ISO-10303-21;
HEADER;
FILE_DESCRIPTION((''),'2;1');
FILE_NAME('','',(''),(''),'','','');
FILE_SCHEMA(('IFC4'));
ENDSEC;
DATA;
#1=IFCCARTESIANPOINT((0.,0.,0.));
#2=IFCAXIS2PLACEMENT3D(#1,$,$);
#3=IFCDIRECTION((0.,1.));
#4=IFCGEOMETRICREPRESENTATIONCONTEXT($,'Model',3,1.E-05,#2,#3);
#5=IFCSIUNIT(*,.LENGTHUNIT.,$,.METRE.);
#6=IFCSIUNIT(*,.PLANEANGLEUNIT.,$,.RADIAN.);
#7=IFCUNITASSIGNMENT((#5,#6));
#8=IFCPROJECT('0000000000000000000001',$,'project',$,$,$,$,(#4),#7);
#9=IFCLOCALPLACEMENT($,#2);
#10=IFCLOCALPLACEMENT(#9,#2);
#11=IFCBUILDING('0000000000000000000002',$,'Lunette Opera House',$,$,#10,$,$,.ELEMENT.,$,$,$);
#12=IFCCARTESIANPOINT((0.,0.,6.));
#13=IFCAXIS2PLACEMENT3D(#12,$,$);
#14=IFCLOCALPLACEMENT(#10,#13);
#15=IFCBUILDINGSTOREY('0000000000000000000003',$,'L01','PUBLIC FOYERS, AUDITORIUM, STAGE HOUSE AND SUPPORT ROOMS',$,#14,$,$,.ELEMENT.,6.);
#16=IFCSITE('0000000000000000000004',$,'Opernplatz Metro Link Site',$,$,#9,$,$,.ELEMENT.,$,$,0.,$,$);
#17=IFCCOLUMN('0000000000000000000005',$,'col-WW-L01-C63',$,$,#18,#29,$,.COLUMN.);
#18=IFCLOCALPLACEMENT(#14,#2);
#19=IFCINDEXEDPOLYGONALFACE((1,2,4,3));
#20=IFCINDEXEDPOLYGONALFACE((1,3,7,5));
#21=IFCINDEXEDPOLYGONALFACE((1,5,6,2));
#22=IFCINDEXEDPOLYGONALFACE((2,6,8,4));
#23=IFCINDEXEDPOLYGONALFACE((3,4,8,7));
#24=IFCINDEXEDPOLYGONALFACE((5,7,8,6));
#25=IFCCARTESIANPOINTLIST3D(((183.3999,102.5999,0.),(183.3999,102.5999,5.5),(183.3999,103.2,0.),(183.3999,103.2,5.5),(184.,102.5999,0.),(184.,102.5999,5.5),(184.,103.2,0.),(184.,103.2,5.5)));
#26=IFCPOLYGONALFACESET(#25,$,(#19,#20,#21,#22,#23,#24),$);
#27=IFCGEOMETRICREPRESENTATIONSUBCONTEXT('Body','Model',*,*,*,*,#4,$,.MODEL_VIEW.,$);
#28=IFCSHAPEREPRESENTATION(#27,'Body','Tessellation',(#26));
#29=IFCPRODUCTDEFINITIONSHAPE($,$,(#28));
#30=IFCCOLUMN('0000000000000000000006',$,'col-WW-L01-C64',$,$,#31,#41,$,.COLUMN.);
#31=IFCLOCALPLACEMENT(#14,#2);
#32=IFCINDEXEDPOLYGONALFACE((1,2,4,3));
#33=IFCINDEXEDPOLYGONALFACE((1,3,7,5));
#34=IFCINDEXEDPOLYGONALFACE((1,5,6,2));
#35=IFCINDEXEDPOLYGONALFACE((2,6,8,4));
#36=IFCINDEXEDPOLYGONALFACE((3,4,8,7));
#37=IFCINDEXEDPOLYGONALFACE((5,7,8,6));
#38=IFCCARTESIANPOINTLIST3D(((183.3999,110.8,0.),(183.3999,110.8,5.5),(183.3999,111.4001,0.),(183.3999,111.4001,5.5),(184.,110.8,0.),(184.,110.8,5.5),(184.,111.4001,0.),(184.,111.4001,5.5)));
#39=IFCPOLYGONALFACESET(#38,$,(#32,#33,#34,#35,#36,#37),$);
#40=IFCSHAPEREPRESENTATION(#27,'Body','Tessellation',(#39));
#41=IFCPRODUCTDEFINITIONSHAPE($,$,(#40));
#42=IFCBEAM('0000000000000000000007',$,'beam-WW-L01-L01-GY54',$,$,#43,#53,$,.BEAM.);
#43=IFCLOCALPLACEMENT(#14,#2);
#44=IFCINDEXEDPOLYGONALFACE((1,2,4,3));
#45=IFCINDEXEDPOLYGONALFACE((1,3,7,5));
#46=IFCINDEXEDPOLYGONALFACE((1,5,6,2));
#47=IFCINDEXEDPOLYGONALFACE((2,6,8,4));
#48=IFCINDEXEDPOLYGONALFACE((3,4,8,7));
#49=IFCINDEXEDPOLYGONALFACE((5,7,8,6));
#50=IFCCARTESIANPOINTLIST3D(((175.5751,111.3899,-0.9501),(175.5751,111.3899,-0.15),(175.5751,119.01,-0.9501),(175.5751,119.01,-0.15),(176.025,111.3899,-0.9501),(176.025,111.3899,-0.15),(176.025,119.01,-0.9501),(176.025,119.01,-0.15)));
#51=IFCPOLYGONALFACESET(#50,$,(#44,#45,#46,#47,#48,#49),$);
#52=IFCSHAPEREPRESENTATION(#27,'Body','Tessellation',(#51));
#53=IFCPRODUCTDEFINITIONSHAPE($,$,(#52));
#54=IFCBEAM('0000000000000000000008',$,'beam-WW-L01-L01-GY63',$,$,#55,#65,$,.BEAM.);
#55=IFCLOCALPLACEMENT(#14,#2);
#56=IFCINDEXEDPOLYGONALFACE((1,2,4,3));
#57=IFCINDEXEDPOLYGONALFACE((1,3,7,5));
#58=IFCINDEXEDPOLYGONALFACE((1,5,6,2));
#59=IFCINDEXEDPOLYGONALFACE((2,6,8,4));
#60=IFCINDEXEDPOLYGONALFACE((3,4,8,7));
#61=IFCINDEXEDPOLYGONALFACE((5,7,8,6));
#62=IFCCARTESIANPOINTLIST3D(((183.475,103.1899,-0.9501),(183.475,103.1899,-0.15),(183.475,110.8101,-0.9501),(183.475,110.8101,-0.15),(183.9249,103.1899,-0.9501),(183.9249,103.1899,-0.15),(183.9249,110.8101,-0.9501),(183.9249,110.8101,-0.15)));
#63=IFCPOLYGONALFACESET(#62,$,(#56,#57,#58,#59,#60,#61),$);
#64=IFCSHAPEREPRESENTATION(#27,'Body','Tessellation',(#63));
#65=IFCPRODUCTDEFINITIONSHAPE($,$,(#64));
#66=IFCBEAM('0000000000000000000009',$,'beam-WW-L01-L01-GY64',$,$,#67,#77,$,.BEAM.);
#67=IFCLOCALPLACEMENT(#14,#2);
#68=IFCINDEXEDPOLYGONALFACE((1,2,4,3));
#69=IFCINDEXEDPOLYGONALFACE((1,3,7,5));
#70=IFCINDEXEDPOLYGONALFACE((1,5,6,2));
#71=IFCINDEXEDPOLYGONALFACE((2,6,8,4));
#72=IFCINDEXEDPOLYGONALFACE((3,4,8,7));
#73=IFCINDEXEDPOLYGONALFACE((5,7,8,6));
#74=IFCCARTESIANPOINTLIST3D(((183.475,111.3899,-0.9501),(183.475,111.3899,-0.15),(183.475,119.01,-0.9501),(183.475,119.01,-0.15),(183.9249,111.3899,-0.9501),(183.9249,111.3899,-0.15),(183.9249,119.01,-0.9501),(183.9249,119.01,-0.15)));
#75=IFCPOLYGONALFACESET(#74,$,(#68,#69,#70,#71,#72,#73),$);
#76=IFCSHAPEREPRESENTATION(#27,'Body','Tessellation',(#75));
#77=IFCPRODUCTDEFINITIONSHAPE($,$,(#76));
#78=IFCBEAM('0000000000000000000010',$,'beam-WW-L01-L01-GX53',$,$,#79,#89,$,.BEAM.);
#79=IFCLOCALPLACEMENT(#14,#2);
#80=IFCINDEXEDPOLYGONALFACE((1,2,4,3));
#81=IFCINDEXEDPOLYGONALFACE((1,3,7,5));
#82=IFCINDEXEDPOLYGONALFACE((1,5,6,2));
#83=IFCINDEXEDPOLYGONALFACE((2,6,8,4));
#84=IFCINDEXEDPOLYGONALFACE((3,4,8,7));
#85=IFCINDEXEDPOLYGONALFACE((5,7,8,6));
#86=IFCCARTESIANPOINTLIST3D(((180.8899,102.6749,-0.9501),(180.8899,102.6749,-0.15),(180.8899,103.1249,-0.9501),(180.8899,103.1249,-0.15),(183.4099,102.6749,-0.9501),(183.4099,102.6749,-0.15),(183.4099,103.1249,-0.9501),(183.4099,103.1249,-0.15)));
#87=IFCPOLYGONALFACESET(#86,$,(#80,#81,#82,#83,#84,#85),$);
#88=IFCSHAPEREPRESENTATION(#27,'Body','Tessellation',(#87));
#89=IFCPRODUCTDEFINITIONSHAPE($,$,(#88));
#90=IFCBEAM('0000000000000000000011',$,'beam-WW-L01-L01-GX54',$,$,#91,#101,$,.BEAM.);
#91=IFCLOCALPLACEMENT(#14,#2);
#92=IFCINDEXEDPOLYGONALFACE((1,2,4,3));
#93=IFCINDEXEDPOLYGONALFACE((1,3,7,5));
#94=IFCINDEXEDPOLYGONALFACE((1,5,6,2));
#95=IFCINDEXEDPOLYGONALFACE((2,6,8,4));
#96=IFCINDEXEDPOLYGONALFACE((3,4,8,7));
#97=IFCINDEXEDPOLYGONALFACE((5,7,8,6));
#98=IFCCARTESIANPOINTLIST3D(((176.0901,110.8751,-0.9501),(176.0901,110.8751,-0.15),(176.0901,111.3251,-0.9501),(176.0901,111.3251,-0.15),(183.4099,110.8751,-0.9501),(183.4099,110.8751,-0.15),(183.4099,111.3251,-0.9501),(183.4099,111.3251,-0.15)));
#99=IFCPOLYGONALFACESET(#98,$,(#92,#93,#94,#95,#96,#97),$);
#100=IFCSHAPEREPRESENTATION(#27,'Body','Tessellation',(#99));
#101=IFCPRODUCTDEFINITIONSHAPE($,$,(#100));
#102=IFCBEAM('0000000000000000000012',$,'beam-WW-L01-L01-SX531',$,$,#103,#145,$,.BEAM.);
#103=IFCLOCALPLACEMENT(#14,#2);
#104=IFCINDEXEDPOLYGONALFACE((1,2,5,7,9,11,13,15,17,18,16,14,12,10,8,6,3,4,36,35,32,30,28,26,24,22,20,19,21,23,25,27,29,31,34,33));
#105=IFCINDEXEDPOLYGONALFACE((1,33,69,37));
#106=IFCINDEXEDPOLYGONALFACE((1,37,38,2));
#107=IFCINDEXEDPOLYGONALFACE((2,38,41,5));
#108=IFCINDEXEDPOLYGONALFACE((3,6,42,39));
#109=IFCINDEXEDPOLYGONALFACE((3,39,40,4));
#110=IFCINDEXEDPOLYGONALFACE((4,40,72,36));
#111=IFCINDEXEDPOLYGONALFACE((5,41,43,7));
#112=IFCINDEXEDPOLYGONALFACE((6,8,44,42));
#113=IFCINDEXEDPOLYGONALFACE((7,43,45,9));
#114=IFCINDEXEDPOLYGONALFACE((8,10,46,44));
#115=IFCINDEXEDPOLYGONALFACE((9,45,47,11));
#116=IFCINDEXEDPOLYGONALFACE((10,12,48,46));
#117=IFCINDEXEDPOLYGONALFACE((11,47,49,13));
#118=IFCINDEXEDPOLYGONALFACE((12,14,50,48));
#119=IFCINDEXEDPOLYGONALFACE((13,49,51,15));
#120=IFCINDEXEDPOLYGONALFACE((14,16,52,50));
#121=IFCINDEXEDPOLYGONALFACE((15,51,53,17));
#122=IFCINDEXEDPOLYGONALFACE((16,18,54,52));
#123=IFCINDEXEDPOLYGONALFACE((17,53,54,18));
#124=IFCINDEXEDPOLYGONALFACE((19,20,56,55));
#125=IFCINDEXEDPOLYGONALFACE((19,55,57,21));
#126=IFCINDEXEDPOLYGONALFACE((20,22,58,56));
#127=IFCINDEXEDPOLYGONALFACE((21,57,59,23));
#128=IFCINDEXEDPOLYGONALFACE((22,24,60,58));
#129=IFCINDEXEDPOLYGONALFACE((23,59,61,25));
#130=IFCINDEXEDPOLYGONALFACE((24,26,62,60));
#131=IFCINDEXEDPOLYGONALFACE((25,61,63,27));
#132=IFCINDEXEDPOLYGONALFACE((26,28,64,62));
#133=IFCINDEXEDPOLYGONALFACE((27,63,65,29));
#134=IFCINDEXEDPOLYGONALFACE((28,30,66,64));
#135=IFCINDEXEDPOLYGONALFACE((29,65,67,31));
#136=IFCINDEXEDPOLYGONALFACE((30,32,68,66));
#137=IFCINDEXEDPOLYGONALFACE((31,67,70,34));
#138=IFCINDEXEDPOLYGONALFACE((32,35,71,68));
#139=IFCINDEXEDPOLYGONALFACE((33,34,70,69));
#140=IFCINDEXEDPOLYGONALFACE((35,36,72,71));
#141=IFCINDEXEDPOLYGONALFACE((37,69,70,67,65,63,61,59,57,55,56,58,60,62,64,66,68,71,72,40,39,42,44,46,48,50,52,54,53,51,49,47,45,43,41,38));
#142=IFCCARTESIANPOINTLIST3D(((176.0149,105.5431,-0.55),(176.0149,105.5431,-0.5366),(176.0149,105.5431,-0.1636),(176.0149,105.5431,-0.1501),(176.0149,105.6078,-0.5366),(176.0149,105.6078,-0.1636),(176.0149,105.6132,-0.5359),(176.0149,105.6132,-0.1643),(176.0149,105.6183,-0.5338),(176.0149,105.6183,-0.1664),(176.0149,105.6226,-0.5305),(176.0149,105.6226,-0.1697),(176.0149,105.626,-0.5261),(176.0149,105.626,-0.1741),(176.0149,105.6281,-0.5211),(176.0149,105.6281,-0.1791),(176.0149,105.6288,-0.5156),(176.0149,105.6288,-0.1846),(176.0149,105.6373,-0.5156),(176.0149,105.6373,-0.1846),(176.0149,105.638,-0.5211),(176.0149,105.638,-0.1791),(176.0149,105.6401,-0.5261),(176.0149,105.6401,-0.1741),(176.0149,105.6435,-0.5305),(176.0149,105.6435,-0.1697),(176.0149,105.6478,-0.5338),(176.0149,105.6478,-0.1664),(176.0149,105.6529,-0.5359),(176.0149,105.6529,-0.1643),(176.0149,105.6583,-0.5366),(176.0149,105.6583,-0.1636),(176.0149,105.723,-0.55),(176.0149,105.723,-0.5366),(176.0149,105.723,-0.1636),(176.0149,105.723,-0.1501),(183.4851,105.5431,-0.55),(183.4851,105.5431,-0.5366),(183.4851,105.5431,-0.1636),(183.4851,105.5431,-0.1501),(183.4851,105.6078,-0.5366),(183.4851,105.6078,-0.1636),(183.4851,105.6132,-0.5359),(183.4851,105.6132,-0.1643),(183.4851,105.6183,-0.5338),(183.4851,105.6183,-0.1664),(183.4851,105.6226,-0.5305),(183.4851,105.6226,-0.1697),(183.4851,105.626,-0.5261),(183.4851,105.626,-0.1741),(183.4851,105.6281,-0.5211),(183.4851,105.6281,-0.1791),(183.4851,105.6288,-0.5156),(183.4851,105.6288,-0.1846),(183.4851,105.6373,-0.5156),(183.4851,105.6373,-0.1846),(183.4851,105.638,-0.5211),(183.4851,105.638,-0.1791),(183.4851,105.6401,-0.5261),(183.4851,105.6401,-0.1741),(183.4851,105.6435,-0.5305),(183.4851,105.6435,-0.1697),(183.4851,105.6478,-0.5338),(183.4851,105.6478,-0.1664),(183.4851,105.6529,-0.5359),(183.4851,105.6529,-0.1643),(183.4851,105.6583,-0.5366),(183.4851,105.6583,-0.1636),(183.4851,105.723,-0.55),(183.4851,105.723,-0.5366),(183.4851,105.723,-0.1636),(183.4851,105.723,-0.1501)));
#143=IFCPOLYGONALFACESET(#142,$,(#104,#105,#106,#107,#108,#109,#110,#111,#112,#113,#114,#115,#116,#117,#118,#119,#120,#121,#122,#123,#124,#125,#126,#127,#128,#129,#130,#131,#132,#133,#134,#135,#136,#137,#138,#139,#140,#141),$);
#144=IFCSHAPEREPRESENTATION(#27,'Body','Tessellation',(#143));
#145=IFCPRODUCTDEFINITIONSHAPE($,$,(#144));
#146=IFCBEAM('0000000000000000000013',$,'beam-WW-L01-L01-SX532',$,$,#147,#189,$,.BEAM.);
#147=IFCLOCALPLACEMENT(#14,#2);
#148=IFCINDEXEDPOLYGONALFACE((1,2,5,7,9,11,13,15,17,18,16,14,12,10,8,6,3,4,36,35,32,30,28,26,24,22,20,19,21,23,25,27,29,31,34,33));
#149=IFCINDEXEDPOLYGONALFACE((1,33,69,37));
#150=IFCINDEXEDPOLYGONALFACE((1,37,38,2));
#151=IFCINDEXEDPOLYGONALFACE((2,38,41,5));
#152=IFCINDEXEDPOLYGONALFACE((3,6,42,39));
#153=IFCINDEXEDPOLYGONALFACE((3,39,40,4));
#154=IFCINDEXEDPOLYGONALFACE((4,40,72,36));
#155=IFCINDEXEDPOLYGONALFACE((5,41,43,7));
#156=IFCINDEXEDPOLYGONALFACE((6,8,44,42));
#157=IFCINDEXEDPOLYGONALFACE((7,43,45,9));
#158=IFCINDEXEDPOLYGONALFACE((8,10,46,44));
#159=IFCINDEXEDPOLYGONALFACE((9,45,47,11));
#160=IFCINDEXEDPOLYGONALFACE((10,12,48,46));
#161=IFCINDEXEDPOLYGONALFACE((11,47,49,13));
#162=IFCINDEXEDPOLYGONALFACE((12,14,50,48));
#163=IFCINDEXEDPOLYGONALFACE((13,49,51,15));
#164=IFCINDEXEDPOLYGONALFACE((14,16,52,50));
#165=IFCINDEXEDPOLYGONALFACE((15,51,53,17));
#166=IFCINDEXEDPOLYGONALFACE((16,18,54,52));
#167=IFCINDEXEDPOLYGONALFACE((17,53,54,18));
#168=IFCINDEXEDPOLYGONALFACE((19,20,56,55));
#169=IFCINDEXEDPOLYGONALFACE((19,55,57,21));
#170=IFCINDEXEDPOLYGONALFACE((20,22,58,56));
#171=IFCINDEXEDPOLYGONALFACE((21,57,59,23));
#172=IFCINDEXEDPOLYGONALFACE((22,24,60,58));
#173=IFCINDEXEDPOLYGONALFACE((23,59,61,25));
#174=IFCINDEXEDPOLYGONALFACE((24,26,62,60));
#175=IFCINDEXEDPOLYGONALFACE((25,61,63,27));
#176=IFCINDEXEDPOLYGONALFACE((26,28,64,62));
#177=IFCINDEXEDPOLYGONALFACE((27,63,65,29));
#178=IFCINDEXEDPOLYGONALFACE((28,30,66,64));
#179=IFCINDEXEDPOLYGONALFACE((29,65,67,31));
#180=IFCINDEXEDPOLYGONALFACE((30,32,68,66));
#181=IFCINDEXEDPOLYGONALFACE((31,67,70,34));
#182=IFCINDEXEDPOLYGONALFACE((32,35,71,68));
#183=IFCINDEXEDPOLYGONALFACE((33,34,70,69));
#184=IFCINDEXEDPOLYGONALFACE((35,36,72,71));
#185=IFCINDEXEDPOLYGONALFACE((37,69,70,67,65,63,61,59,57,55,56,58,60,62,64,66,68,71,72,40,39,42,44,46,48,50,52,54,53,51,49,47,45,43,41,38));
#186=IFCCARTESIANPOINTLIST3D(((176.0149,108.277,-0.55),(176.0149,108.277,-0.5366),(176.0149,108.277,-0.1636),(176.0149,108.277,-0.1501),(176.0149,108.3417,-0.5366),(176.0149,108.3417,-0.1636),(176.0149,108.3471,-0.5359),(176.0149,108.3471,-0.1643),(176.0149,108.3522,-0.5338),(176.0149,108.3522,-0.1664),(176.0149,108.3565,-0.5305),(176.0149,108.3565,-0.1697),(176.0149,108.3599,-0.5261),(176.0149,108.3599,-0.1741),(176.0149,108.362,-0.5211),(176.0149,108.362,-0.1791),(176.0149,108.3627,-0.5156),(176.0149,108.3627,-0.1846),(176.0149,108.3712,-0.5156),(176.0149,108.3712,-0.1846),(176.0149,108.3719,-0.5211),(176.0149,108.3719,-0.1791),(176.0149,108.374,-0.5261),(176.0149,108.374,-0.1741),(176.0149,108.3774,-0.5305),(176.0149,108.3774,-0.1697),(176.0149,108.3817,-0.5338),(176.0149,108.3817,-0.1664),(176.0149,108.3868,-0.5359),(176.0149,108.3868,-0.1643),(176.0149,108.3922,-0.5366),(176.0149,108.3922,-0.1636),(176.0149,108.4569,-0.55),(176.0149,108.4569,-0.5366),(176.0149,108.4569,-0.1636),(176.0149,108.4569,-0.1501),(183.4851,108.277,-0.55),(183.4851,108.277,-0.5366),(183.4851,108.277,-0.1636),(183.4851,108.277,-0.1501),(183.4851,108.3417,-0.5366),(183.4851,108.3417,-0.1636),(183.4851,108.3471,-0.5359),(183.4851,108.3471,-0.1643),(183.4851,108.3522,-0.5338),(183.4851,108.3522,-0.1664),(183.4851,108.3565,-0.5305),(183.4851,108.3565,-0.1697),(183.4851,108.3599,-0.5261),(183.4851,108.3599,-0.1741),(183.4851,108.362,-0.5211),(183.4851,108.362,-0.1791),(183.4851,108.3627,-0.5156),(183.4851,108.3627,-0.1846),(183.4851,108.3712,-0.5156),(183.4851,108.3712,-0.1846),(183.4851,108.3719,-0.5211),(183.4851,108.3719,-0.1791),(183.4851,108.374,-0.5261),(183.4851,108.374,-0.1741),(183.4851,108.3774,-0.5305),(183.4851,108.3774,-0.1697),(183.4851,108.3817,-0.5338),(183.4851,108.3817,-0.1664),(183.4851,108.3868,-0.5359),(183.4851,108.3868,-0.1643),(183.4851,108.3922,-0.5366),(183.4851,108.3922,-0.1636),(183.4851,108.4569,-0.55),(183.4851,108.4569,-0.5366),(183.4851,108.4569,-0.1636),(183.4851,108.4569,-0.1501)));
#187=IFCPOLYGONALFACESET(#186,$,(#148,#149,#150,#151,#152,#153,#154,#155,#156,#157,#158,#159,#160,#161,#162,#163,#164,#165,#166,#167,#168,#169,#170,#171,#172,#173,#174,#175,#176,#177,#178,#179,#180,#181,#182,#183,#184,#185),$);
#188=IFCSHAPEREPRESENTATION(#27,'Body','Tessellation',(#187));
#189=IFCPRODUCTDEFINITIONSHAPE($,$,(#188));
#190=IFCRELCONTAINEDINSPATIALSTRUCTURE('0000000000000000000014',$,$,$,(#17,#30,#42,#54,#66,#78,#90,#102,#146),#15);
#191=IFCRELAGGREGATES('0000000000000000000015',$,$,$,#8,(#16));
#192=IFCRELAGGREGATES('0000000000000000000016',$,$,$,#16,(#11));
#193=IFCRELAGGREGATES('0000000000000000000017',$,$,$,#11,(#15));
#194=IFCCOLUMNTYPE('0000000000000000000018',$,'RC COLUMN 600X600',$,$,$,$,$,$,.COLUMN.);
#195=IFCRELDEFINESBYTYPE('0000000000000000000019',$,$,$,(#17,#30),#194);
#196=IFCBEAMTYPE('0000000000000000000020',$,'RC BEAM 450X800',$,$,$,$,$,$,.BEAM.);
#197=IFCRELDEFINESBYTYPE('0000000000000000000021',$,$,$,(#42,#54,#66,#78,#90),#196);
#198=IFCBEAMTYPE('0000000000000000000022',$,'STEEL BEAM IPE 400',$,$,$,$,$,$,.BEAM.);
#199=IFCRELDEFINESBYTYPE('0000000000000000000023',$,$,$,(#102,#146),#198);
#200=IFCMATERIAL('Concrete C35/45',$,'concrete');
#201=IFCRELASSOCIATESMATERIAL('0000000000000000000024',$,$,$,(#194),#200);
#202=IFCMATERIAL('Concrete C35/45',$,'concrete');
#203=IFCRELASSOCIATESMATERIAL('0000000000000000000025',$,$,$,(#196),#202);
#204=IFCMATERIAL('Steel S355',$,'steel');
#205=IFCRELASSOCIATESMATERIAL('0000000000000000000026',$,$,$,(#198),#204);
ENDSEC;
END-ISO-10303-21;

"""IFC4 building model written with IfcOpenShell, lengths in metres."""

from ifc_helpers import new_model, si_unit, direction, frame, origin, origin_2d, place, context, subcontext, project, spatial, rectangle, i_section, extrude, material, material_profile, profile_set, type_object, element, save


model = new_model("IFC4")

# Units and contexts
model_context = context("Model", 3, precision=1e-05, world=origin(), true_north=direction((0.0, 1.0)))
body_context = subcontext(model_context, "Body", "Model", "MODEL_VIEW")
ifc_project = project(units=[si_unit("LENGTHUNIT", "METRE"), si_unit("PLANEANGLEUNIT", "RADIAN")], contexts=[model_context])

# Site, building, storey
site_placement = place(None, origin())
site = spatial("IfcSite", under=ifc_project, at=site_placement, Name="Opernplatz Metro Link Site", CompositionType="ELEMENT", RefElevation=0.0)
building_placement = place(site_placement, origin())
building = spatial("IfcBuilding", under=site, at=building_placement, Name="Lunette Opera House", CompositionType="ELEMENT")
storey_placement = place(building_placement, frame((0.0, 0.0, 6.0)))
storey = spatial("IfcBuildingStorey", under=building, at=storey_placement, Name="L01", Description="PUBLIC FOYERS, AUDITORIUM, STAGE HOUSE AND SUPPORT ROOMS", CompositionType="ELEMENT", Elevation=6.0)

# Columns
ifc_material_1 = material(Name="Concrete C35/45", Category="concrete")
ifc_material_profile_1 = material_profile(ifc_material_1, rectangle(XDim=0.6001, YDim=0.6001, at=origin_2d()), Name="RC COLUMN 600X600")
ifc_profile_set_1 = profile_set([ifc_material_profile_1], Name="Concrete C35/45")
column_type = type_object("IfcColumnType", Name="RC COLUMN 600X600", PredefinedType="COLUMN", material=ifc_profile_set_1)
for number, where, z_axis, x_axis, name in (
    (1, (183.7, 102.8999, 0.0), (0.0, 0.0, 1.0), (1.0, 0.0, 0.0), "col-WW-L01-C63"),
    (2, (183.7, 111.1001, 0.0), (0.0, 0.0, 1.0), (1.0, 0.0, 0.0), "col-WW-L01-C64"),
):
    element("IfcColumn", number, at=place(storey_placement, frame(where, z_axis=z_axis, x_axis=x_axis)), inside=storey, type_object=column_type, Name=name, PredefinedType="COLUMN", context=body_context, shape_type="SweptSolid", body=[
        extrude(rectangle(XDim=0.6001, YDim=0.6001, at=origin_2d()), origin(), (0.0, 0.0, 1.0), 5.5),
    ])

# Beams
ifc_material_2 = material(Name="Concrete C35/45", Category="concrete")
ifc_material_profile_2 = material_profile(ifc_material_2, rectangle(XDim=0.45, YDim=0.8, at=origin_2d()), Name="RC BEAM 450X800")
ifc_profile_set_2 = profile_set([ifc_material_profile_2], Name="Concrete C35/45")
beam_type_1 = type_object("IfcBeamType", Name="RC BEAM 450X800", PredefinedType="BEAM", material=ifc_profile_set_2)
for number, where, z_axis, x_axis, name in (
    (3, (175.8, 111.3899, -0.55), (0.0, 1.0, 0.0), (-1.0, 0.0, 0.0), "beam-WW-L01-L01-GY54"),
    (4, (183.7, 103.1899, -0.55), (0.0, 1.0, 0.0), (-1.0, 0.0, 0.0), "beam-WW-L01-L01-GY63"),
    (5, (183.7, 111.3899, -0.55), (0.0, 1.0, 0.0), (-1.0, 0.0, 0.0), "beam-WW-L01-L01-GY64"),
):
    element("IfcBeam", number, at=place(storey_placement, frame(where, z_axis=z_axis, x_axis=x_axis)), inside=storey, type_object=beam_type_1, Name=name, PredefinedType="BEAM", context=body_context, shape_type="SweptSolid", body=[
        extrude(rectangle(XDim=0.45, YDim=0.8, at=origin_2d()), origin(), (0.0, 0.0, 1.0), 7.6201),
    ])
beam_1_placement = place(storey_placement, frame((180.8899, 102.8999, -0.55), z_axis=(1.0, 0.0, 0.0), x_axis=(0.0, 1.0, 0.0)))
element("IfcBeam", 6, at=beam_1_placement, inside=storey, type_object=beam_type_1, Name="beam-WW-L01-L01-GX53", PredefinedType="BEAM", context=body_context, shape_type="SweptSolid", body=[
    extrude(rectangle(XDim=0.45, YDim=0.8, at=origin_2d()), origin(), (0.0, 0.0, 1.0), 2.52),
])
beam_2_placement = place(storey_placement, frame((176.0901, 111.1001, -0.55), z_axis=(1.0, 0.0, 0.0), x_axis=(0.0, 1.0, 0.0)))
element("IfcBeam", 7, at=beam_2_placement, inside=storey, type_object=beam_type_1, Name="beam-WW-L01-L01-GX54", PredefinedType="BEAM", context=body_context, shape_type="SweptSolid", body=[
    extrude(rectangle(XDim=0.45, YDim=0.8, at=origin_2d()), origin(), (0.0, 0.0, 1.0), 7.3198),
])
ifc_material_3 = material(Name="Steel S355", Category="steel")
ifc_material_profile_3 = material_profile(ifc_material_3, i_section(OverallWidth=0.1799, OverallDepth=0.3999, WebThickness=0.0085, FlangeThickness=0.0134, FilletRadius=0.021, at=origin_2d()), Name="IPE 400")
ifc_profile_set_3 = profile_set([ifc_material_profile_3], Name="Steel S355")
beam_type_2 = type_object("IfcBeamType", Name="STEEL BEAM IPE 400", PredefinedType="BEAM", material=ifc_profile_set_3)
for number, where, z_axis, x_axis, name in (
    (8, (176.0149, 105.6331, -0.3501), (1.0, 0.0, 0.0), (0.0, 1.0, 0.0), "beam-WW-L01-L01-SX531"),
    (9, (176.0149, 108.3669, -0.3501), (1.0, 0.0, 0.0), (0.0, 1.0, 0.0), "beam-WW-L01-L01-SX532"),
):
    element("IfcBeam", number, at=place(storey_placement, frame(where, z_axis=z_axis, x_axis=x_axis)), inside=storey, type_object=beam_type_2, Name=name, PredefinedType="BEAM", context=body_context, shape_type="SweptSolid", body=[
        extrude(i_section(OverallWidth=0.1799, OverallDepth=0.3999, WebThickness=0.0085, FlangeThickness=0.0134, FilletRadius=0.021, at=origin_2d()), origin(), (0.0, 0.0, 1.0), 7.4702),
    ])

save(model, "model.ifc")
